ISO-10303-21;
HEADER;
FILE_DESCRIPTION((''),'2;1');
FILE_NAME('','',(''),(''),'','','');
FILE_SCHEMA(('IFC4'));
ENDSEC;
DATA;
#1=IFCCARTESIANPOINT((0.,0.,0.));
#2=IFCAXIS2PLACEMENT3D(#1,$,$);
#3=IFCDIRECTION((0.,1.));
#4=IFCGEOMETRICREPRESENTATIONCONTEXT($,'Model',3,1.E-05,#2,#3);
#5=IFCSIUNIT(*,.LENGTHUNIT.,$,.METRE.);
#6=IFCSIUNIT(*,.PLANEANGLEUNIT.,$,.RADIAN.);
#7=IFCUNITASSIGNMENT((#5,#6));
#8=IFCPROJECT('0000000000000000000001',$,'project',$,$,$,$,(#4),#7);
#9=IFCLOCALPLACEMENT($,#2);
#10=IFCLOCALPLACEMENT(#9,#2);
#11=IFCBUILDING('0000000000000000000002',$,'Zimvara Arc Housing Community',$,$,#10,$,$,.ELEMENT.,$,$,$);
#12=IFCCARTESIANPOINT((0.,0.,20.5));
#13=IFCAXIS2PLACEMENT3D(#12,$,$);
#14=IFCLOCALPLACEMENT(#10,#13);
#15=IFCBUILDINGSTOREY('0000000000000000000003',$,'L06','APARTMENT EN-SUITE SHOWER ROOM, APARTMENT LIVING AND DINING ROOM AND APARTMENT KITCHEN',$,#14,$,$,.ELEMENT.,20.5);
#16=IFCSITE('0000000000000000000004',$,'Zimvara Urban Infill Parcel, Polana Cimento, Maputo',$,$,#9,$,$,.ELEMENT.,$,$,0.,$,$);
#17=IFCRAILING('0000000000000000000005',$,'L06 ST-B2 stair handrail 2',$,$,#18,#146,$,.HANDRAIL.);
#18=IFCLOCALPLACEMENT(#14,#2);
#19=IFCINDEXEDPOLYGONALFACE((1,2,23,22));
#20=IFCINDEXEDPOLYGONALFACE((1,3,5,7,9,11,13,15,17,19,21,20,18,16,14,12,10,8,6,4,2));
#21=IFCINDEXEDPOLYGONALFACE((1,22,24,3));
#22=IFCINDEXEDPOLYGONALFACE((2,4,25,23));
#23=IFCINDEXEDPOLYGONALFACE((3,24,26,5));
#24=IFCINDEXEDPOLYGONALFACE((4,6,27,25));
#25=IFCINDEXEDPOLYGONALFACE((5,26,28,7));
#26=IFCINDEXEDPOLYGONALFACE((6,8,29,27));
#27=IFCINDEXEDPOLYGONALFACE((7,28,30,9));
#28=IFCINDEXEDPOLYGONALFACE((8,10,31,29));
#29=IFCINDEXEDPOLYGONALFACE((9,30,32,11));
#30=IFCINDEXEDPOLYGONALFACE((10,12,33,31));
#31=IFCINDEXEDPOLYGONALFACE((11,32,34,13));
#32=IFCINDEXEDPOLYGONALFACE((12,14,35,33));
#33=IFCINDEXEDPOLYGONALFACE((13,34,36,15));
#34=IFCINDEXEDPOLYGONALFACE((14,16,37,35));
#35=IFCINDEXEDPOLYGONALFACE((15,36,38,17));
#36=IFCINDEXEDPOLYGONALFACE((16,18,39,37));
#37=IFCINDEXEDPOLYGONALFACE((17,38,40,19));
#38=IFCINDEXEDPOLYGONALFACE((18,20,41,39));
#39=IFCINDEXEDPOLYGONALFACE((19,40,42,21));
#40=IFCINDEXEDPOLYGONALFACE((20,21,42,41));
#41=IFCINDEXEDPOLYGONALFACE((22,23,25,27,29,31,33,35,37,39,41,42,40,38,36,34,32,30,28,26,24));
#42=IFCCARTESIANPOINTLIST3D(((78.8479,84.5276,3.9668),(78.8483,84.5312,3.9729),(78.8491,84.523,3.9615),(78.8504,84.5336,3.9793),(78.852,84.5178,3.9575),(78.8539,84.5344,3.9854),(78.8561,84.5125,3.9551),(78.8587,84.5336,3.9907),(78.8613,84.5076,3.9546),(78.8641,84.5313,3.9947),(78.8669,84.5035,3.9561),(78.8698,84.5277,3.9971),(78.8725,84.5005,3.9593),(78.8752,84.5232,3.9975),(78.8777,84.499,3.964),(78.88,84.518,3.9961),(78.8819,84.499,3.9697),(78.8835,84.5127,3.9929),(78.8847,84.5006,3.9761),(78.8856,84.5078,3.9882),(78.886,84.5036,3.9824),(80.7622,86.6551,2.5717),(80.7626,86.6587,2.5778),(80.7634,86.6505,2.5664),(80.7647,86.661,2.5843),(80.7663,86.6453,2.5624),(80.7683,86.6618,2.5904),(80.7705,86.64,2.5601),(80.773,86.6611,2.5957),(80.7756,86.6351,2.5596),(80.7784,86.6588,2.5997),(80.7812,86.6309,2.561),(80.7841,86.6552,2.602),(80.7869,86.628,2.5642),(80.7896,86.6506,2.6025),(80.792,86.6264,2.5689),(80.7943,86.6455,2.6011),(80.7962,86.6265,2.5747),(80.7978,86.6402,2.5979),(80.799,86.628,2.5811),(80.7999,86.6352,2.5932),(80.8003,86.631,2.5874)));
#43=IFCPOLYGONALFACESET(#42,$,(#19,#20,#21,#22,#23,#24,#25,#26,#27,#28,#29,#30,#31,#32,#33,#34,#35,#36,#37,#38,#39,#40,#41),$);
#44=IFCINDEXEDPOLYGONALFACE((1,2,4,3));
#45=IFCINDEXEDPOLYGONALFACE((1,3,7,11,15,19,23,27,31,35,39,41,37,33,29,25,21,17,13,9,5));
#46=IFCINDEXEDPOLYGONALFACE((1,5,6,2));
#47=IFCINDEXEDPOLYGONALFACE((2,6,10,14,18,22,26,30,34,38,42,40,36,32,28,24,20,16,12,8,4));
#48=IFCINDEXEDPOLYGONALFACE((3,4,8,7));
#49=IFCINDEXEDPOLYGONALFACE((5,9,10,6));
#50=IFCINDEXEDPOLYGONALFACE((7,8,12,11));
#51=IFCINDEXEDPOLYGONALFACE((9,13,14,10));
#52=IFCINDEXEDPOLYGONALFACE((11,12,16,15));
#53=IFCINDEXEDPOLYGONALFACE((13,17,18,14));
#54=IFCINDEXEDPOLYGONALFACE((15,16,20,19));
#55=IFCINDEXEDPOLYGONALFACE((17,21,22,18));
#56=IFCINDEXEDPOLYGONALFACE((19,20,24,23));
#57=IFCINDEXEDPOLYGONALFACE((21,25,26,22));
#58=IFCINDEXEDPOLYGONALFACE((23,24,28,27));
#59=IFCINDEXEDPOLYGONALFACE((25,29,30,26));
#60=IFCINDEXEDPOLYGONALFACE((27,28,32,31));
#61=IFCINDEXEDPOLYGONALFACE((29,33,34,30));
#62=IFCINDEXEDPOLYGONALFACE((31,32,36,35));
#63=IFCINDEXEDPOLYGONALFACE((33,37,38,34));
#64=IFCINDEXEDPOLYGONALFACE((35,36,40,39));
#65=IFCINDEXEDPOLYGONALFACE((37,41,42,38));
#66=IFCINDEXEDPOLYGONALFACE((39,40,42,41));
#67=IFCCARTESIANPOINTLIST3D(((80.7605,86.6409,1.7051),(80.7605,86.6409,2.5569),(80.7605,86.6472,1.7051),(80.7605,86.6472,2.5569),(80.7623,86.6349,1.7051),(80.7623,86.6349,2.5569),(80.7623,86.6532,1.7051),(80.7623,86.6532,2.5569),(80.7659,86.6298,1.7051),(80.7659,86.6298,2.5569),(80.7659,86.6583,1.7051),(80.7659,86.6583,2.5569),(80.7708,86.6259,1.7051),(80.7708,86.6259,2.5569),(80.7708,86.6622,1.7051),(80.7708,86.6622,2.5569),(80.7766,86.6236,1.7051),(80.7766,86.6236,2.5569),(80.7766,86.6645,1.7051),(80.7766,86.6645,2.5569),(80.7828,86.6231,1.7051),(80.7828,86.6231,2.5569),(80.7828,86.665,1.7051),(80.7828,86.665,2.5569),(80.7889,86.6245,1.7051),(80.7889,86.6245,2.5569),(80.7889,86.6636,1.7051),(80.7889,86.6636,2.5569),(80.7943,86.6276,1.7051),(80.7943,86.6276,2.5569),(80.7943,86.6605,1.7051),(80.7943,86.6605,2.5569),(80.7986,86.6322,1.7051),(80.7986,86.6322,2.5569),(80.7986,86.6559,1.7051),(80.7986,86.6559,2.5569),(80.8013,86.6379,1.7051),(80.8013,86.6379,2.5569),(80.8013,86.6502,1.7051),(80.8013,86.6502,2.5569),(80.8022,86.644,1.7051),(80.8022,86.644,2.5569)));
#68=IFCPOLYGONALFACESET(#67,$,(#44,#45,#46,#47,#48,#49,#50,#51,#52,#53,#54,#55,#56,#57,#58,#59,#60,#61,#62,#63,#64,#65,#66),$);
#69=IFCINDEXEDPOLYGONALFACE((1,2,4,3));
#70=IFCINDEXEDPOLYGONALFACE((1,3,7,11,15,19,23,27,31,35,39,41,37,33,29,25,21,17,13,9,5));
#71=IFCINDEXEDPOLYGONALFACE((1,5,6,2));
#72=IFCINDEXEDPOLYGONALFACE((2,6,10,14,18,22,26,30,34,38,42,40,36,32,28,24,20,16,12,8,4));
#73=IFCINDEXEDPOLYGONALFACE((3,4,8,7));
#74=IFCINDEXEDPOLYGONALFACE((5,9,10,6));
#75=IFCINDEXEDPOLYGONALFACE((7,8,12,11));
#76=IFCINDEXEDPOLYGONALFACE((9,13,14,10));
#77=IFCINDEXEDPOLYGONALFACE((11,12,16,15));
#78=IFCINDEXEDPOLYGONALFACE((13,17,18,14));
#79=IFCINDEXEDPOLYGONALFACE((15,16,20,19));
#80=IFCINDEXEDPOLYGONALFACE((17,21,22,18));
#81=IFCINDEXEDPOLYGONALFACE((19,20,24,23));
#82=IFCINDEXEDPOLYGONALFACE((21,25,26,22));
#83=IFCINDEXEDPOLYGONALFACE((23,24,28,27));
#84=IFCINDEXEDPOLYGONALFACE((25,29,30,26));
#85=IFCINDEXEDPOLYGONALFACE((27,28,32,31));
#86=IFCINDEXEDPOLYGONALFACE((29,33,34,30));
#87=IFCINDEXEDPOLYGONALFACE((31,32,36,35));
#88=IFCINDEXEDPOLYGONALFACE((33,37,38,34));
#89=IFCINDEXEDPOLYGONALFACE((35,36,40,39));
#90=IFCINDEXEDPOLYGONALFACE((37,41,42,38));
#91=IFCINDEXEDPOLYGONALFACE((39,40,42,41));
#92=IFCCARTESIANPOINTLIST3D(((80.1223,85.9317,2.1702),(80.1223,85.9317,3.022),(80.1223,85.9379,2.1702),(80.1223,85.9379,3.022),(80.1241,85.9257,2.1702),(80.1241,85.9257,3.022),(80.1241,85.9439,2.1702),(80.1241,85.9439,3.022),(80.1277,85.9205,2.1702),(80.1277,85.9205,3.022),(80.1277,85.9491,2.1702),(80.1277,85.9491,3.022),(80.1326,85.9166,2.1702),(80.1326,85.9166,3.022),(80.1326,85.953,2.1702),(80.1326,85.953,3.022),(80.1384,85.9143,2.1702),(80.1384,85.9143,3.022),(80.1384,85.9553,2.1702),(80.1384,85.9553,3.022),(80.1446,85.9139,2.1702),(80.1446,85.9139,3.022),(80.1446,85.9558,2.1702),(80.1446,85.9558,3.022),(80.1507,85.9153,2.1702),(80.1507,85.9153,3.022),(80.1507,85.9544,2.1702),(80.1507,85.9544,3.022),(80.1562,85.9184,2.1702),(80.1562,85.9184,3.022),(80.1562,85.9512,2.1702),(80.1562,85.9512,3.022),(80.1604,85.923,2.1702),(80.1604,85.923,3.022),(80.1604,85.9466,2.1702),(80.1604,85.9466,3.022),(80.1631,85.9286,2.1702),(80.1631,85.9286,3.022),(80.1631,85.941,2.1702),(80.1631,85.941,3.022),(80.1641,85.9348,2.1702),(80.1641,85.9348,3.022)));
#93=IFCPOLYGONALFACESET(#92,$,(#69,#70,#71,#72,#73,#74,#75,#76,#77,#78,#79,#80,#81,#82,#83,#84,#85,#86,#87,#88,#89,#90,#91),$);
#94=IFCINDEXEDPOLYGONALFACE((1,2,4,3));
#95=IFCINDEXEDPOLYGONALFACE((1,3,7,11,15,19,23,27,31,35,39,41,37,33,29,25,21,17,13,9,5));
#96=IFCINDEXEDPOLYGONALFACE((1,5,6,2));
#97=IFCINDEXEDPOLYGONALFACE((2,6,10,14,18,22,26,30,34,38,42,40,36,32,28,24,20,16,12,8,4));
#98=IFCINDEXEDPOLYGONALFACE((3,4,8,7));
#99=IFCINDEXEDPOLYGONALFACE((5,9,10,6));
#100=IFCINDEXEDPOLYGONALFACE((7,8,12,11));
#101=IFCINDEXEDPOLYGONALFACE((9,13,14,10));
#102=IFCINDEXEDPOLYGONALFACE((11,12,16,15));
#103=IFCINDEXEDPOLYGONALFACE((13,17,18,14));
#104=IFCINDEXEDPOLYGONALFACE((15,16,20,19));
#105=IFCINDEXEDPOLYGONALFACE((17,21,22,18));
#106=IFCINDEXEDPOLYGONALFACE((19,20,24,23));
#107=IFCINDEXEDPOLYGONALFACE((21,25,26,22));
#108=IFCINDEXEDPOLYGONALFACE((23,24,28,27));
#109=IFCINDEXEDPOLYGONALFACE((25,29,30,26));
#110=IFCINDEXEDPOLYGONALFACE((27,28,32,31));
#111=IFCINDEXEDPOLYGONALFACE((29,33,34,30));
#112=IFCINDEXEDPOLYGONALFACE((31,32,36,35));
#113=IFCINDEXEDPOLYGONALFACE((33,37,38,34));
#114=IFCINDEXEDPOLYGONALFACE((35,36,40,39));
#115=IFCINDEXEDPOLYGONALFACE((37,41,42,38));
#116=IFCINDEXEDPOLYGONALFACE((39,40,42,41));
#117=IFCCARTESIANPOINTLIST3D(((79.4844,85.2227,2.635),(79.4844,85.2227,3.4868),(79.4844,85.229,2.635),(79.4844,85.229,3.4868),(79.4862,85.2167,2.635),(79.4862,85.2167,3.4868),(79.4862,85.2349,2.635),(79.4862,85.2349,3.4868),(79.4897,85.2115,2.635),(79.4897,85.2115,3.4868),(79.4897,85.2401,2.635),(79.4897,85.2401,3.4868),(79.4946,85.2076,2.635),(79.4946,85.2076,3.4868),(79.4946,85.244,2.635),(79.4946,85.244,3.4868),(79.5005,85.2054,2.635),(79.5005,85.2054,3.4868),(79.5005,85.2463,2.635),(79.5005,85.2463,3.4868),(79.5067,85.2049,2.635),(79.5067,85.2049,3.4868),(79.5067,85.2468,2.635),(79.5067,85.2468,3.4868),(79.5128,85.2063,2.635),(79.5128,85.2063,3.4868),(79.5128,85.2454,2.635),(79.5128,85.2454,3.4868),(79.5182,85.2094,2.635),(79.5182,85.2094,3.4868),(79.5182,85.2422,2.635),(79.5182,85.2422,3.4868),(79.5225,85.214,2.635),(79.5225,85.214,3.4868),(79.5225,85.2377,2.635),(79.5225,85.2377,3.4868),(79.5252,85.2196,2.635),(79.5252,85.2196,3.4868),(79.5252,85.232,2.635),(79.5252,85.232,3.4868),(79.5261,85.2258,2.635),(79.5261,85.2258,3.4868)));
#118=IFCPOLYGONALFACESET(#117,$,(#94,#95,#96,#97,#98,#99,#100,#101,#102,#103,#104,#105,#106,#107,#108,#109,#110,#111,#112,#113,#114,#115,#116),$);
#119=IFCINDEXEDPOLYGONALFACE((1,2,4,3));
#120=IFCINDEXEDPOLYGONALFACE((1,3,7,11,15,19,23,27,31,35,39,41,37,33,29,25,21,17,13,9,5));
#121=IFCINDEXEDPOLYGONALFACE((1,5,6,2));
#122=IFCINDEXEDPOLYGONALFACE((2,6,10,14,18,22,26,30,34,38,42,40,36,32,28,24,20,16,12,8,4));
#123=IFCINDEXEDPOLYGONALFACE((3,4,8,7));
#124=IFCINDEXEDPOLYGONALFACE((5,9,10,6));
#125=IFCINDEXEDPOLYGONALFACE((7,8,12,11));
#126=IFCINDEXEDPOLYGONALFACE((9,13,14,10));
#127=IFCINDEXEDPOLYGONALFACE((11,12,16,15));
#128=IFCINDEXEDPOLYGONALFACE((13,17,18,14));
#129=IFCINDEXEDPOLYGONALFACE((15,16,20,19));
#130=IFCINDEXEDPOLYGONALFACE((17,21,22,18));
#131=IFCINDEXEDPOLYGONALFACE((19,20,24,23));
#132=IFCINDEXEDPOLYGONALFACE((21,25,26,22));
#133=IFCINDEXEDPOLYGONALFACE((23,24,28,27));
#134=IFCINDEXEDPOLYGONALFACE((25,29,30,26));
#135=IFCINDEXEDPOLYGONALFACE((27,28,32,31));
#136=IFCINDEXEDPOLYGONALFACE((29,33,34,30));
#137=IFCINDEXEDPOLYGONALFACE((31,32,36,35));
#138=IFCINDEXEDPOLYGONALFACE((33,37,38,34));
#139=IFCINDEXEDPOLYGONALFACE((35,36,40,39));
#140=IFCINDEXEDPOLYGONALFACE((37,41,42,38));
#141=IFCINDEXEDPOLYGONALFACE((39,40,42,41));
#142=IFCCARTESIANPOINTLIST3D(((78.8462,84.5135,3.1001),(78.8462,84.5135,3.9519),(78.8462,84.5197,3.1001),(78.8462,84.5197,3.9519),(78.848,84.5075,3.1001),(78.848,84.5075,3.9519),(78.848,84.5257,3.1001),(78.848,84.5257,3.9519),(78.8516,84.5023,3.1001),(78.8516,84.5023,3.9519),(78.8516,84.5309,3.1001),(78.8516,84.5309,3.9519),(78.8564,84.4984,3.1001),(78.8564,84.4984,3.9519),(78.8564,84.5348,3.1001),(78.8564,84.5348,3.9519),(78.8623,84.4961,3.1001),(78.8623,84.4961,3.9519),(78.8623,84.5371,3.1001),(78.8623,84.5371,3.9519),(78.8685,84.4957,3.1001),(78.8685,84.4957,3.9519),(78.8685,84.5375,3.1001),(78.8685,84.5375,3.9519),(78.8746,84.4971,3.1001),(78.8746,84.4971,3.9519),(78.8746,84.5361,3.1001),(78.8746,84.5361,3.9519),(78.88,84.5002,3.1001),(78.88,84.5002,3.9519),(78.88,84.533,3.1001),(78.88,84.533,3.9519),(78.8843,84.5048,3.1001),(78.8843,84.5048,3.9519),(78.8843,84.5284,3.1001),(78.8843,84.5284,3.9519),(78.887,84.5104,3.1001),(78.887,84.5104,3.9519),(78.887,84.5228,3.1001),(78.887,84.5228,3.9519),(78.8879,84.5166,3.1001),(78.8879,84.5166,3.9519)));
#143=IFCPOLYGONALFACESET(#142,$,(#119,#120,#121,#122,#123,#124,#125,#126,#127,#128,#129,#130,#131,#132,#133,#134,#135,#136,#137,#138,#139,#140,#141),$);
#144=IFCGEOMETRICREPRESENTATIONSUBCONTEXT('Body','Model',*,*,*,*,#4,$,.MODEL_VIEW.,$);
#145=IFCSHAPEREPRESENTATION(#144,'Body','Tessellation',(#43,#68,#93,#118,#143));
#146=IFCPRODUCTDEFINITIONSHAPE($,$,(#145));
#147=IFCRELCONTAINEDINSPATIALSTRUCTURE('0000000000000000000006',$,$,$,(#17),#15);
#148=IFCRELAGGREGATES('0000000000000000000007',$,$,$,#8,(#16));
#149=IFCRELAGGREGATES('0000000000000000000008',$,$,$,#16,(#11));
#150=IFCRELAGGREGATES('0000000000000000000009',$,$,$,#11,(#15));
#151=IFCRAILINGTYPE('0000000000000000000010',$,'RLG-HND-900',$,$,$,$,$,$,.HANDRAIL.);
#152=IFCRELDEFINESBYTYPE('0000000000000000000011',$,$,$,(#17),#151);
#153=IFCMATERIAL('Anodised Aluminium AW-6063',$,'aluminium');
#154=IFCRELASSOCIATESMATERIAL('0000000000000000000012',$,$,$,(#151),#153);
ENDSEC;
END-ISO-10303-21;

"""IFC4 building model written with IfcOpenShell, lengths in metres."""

from ifc_helpers import new_model, si_unit, direction, frame, origin, origin_2d, place, context, subcontext, project, spatial, circle, extrude, material, type_object, element, save


model = new_model("IFC4")

# Units and contexts
model_context = context("Model", 3, precision=1e-05, world=origin(), true_north=direction((0.0, 1.0)))
body_context = subcontext(model_context, "Body", "Model", "MODEL_VIEW")
ifc_project = project(units=[si_unit("LENGTHUNIT", "METRE"), si_unit("PLANEANGLEUNIT", "RADIAN")], contexts=[model_context])

# Site, building, storey
site_placement = place(None, origin())
site = spatial("IfcSite", under=ifc_project, at=site_placement, Name="Zimvara Urban Infill Parcel, Polana Cimento, Maputo", CompositionType="ELEMENT", RefElevation=0.0)
building_placement = place(site_placement, origin())
building = spatial("IfcBuilding", under=site, at=building_placement, Name="Zimvara Arc Housing Community", CompositionType="ELEMENT")
storey_placement = place(building_placement, frame((0.0, 0.0, 20.5)))
storey = spatial("IfcBuildingStorey", under=building, at=storey_placement, Name="L06", Description="APARTMENT EN-SUITE SHOWER ROOM, APARTMENT LIVING AND DINING ROOM AND APARTMENT KITCHEN", CompositionType="ELEMENT", Elevation=20.5)

# Railing
ifc_material_1 = material(Name="Anodised Aluminium AW-6063", Category="aluminium")
railing_type_1 = type_object("IfcRailingType", Name="RLG-HND-900", PredefinedType="HANDRAIL", material=ifc_material_1)
railing_1_placement = place(storey_placement, frame((80.7812, 86.644, 1.7051)))
element("IfcRailing", 1, at=railing_1_placement, inside=storey, type_object=railing_type_1, Name="L06 ST-B2 stair handrail 2", PredefinedType="HANDRAIL", context=body_context, shape_type="SweptSolid", body=[
    extrude(circle(Radius=0.0239, at=origin_2d()), frame((0.0, 0.0, 0.876), z_axis=(-0.601263, -0.668206, 0.43816), x_axis=(0.743362, -0.668889, 0.0)), (0.0, 0.0, 1.0), 3.1838),
    extrude(circle(Radius=0.021, at=origin_2d()), origin(), (0.0, 0.0, 1.0), 0.8518),
    extrude(circle(Radius=0.021, at=origin_2d()), frame((-0.6382, -0.7092, 0.4651)), (0.0, 0.0, 1.0), 0.8518),
    extrude(circle(Radius=0.021, at=origin_2d()), frame((-1.2761, -1.4182, 0.9299)), (0.0, 0.0, 1.0), 0.8518),
    extrude(circle(Radius=0.021, at=origin_2d()), frame((-1.9143, -2.1274, 1.395)), (0.0, 0.0, 1.0), 0.8518),
])

save(model, "model.ifc")
